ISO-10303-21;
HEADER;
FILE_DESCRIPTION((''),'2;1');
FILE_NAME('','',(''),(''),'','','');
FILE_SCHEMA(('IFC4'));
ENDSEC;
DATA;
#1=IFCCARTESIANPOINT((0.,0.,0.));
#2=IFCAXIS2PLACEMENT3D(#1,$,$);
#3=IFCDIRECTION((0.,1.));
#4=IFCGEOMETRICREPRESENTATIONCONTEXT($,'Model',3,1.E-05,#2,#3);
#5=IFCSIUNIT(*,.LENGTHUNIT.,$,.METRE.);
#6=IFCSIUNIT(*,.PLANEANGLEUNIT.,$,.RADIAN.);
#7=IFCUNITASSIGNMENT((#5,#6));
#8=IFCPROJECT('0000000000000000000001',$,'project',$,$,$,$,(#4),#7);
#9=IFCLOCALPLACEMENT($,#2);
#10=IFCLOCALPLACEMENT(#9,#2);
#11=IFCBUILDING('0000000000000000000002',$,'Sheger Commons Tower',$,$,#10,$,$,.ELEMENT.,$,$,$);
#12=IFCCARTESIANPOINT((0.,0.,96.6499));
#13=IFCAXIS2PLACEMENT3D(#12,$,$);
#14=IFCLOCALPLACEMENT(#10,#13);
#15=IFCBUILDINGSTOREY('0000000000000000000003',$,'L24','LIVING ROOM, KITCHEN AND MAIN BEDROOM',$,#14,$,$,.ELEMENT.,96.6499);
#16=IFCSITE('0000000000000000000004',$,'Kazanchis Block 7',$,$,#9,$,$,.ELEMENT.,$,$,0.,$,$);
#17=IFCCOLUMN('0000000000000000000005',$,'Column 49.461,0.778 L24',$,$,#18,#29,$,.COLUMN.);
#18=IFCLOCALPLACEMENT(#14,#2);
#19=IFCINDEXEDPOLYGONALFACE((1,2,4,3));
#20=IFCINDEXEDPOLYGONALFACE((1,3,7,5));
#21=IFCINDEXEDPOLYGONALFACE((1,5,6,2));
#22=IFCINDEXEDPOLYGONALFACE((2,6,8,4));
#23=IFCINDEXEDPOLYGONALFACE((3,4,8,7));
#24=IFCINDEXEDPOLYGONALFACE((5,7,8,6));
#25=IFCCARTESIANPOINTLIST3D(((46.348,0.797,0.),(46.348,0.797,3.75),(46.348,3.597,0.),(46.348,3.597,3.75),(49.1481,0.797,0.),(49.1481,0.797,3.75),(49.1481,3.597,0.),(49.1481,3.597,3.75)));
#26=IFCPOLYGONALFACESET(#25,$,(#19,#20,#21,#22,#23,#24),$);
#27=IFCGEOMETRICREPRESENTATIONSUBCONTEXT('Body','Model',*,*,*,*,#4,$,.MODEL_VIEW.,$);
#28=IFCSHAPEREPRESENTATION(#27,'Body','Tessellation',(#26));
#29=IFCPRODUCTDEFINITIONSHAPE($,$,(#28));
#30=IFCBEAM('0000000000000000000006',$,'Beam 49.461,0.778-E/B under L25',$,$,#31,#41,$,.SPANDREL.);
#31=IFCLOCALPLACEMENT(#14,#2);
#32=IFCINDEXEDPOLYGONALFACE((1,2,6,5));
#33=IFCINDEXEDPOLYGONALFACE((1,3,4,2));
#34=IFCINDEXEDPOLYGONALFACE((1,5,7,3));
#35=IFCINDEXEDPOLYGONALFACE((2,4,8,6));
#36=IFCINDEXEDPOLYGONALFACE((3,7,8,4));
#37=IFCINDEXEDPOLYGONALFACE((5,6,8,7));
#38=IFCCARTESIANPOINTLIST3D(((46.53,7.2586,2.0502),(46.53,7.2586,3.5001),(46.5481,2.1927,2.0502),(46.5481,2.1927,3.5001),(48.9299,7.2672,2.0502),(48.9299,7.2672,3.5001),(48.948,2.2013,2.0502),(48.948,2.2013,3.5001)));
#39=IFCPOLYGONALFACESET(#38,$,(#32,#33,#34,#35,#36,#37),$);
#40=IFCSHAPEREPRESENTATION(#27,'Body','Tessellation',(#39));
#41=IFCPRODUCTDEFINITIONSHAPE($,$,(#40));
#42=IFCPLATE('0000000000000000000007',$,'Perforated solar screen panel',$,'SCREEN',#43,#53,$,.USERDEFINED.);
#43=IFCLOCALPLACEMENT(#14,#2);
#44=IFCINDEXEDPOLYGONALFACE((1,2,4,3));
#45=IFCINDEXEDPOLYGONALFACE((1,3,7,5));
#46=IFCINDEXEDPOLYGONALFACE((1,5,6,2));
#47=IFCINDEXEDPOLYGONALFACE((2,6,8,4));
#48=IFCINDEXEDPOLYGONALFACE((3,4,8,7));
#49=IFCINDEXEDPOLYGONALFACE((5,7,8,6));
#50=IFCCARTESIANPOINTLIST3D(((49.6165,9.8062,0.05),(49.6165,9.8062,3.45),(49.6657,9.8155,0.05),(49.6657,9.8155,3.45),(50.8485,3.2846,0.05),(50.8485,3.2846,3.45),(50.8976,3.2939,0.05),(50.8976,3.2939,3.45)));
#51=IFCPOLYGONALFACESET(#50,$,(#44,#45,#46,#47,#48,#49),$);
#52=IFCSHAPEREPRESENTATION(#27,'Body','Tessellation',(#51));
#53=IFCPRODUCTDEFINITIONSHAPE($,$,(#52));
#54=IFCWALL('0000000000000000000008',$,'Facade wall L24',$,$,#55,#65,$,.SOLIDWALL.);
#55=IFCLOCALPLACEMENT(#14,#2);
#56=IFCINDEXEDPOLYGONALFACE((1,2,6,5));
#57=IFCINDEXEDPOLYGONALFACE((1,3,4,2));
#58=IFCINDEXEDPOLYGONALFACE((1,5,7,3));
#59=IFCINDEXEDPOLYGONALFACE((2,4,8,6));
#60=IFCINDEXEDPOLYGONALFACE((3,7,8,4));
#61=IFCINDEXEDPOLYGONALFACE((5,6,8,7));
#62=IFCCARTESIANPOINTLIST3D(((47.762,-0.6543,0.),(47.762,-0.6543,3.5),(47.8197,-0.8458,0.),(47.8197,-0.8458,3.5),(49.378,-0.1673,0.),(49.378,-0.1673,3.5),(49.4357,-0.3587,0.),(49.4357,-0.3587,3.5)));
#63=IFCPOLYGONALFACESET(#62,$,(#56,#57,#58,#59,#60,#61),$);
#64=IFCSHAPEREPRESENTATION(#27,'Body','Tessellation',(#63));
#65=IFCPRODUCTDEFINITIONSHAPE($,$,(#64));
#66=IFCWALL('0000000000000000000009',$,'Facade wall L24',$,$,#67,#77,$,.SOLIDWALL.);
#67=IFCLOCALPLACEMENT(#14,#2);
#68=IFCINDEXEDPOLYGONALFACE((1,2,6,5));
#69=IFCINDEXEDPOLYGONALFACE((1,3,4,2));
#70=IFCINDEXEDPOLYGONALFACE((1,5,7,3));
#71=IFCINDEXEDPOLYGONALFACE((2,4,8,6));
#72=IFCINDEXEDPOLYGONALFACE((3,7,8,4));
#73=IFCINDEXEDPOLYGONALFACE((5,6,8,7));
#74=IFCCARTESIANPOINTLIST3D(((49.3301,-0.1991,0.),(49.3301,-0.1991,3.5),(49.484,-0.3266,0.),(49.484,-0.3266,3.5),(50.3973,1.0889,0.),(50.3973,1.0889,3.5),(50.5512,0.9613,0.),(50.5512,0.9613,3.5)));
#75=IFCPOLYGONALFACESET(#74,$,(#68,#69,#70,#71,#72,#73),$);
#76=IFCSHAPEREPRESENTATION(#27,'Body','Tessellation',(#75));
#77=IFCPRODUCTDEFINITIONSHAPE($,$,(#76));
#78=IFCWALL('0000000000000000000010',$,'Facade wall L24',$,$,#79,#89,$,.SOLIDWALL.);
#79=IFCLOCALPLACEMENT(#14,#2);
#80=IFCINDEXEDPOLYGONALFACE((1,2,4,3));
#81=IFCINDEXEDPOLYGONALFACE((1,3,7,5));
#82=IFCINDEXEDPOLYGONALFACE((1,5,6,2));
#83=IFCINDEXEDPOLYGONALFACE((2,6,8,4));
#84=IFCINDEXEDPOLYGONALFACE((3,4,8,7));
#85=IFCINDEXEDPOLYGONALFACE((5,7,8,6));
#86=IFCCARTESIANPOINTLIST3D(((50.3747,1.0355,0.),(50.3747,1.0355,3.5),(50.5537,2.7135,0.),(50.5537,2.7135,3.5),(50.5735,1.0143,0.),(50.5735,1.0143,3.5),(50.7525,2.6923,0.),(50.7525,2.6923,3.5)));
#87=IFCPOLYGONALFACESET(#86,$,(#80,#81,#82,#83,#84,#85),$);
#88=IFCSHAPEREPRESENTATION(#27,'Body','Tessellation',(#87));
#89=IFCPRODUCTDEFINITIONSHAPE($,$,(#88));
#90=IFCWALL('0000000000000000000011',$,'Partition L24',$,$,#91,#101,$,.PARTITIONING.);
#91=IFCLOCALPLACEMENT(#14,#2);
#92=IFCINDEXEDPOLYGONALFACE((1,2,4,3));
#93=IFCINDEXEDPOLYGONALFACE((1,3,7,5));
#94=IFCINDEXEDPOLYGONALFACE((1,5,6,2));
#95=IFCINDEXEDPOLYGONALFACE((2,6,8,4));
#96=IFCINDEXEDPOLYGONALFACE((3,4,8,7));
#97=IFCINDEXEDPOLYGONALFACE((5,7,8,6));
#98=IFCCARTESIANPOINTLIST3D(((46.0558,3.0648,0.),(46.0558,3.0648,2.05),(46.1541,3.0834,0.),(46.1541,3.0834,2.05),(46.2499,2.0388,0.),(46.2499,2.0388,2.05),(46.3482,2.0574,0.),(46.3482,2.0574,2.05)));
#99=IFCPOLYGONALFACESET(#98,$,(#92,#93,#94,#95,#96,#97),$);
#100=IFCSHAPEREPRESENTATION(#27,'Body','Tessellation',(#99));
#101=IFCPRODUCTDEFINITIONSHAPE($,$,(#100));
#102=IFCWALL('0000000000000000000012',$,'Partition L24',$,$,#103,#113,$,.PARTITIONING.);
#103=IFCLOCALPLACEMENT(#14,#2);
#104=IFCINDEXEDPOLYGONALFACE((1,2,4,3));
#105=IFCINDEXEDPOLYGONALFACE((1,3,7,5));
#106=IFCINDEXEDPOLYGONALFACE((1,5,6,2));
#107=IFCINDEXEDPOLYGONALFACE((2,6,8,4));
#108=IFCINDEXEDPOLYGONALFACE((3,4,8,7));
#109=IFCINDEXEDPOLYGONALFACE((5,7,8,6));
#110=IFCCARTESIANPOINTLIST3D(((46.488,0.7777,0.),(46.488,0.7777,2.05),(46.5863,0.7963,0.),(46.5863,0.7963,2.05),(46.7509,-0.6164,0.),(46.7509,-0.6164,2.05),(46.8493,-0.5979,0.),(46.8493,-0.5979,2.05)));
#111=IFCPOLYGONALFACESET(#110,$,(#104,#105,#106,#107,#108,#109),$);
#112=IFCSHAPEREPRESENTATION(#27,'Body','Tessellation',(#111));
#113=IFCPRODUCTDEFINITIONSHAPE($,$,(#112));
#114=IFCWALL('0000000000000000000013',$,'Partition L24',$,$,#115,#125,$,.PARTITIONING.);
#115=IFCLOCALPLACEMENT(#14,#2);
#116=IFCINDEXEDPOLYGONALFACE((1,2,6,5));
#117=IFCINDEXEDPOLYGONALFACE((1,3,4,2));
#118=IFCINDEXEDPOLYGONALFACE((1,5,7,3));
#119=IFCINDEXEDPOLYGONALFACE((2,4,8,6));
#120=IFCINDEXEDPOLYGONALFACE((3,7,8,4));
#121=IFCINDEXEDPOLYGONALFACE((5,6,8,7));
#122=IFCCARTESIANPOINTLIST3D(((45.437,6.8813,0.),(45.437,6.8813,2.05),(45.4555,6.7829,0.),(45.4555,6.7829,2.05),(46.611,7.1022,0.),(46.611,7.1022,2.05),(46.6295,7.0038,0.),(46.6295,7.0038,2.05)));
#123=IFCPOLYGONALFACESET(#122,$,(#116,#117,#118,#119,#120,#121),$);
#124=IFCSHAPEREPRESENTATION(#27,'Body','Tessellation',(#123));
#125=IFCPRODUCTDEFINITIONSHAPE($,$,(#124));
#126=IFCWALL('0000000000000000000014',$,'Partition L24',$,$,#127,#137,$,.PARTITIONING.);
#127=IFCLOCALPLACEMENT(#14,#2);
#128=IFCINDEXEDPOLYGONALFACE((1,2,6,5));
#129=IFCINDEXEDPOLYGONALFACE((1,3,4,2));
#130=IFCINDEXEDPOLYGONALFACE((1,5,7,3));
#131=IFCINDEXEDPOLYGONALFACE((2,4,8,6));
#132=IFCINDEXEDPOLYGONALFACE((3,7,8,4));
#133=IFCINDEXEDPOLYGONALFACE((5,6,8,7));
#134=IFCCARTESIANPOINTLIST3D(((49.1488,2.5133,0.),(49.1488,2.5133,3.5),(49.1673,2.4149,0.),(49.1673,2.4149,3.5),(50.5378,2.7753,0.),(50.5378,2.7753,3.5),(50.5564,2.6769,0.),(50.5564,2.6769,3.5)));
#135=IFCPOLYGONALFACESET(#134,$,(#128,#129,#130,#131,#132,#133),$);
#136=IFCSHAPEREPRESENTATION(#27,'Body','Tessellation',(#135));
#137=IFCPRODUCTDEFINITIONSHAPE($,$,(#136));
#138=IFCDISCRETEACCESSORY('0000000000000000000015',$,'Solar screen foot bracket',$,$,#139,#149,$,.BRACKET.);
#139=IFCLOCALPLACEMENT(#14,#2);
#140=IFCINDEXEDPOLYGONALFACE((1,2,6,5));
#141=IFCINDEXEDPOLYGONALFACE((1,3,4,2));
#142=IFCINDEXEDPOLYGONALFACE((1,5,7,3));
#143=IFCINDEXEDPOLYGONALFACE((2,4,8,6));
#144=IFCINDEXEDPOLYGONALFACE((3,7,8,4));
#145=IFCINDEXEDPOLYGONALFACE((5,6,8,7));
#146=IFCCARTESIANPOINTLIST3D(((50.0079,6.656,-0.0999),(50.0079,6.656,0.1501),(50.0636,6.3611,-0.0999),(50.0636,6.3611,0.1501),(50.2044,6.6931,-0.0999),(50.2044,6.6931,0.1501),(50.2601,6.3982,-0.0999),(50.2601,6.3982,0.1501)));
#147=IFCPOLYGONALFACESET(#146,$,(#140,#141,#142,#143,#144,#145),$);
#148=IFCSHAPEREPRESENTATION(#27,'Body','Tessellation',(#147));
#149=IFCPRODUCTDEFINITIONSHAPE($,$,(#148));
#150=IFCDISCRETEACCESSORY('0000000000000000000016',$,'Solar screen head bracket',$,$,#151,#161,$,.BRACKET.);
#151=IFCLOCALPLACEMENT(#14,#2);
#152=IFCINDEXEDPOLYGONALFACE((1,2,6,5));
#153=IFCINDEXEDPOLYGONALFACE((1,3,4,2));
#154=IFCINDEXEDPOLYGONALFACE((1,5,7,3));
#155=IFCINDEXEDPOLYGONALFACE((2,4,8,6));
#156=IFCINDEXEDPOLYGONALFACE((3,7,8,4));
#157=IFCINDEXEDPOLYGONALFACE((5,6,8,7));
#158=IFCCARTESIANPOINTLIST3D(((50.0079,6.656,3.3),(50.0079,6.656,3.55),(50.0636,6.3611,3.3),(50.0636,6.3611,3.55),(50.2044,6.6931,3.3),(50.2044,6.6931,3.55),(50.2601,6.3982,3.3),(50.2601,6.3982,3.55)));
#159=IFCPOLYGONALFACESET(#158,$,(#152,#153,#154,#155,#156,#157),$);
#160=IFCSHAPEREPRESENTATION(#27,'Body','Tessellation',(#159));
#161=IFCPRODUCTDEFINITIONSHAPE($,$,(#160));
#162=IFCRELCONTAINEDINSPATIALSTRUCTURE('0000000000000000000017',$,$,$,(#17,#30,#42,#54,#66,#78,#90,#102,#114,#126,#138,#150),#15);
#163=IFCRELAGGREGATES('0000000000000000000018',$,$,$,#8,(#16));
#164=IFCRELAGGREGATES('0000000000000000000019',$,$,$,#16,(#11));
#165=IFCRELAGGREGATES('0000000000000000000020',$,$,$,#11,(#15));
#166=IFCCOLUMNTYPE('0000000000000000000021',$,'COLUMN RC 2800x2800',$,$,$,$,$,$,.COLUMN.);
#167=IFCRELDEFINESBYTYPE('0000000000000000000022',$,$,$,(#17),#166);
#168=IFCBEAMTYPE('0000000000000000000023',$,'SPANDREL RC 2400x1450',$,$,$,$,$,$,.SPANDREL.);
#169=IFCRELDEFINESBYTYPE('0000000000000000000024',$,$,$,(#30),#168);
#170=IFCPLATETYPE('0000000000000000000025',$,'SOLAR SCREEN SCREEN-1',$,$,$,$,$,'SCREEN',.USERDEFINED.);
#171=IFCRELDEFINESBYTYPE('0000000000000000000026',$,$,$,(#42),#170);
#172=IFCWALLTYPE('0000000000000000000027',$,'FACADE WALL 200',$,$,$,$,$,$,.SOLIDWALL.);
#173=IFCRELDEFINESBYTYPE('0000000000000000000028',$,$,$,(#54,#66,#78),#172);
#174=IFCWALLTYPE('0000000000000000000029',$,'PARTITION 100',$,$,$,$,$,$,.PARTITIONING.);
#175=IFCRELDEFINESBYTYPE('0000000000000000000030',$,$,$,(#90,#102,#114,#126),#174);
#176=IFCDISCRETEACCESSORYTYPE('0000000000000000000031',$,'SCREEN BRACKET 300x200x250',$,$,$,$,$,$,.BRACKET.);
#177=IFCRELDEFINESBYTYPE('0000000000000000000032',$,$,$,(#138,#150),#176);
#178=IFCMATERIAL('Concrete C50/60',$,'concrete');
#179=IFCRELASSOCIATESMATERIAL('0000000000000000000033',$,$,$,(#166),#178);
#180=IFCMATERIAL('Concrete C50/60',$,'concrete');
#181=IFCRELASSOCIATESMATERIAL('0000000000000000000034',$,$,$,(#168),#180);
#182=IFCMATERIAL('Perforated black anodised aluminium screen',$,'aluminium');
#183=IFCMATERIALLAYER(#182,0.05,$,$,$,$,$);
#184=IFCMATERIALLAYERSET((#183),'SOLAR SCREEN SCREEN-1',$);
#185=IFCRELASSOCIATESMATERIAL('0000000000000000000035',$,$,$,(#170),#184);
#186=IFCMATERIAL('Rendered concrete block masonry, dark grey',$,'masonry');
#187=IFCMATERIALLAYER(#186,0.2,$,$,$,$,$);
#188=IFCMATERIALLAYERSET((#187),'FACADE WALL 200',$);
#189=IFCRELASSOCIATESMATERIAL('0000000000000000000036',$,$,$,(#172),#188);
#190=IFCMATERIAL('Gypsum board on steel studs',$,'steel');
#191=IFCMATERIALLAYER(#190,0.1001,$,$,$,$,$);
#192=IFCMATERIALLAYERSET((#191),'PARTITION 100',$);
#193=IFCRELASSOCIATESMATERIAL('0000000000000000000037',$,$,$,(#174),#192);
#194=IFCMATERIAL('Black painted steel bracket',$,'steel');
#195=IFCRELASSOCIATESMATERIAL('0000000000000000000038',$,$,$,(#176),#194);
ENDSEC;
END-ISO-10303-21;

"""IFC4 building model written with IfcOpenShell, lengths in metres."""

from ifc_helpers import new_model, si_unit, direction, frame, frame_2d, origin, origin_2d, place, context, subcontext, project, spatial, rectangle, extrude, material, layer, layer_set, material_profile, profile_set, type_object, element, save


model = new_model("IFC4")

# Units and contexts
model_context = context("Model", 3, precision=1e-05, world=origin(), true_north=direction((0.0, 1.0)))
body_context = subcontext(model_context, "Body", "Model", "MODEL_VIEW")
ifc_project = project(units=[si_unit("LENGTHUNIT", "METRE"), si_unit("PLANEANGLEUNIT", "RADIAN")], contexts=[model_context])

# Site, building, storey
site_placement = place(None, origin())
site = spatial("IfcSite", under=ifc_project, at=site_placement, Name="Kazanchis Block 7", CompositionType="ELEMENT", RefElevation=0.0)
building_placement = place(site_placement, origin())
building = spatial("IfcBuilding", under=site, at=building_placement, Name="Sheger Commons Tower", CompositionType="ELEMENT")
storey_placement = place(building_placement, frame((0.0, 0.0, 96.6499)))
storey = spatial("IfcBuildingStorey", under=building, at=storey_placement, Name="L24", Description="LIVING ROOM, KITCHEN AND MAIN BEDROOM", CompositionType="ELEMENT", Elevation=96.6499)

# Column
ifc_material_1 = material(Name="Concrete C50/60", Category="concrete")
ifc_material_profile_1 = material_profile(ifc_material_1, rectangle(XDim=2.8, YDim=2.8, at=origin_2d()), Name="RC 2800x2800")
ifc_profile_set_1 = profile_set([ifc_material_profile_1], Name="Concrete C50/60")
column_type = type_object("IfcColumnType", Name="COLUMN RC 2800x2800", PredefinedType="COLUMN", material=ifc_profile_set_1)
column_placement = place(storey_placement, frame((47.748, 2.197, 0.0), z_axis=(0.0, 0.0, 1.0), x_axis=(1.0, 0.0, 0.0)))
element("IfcColumn", 1, at=column_placement, inside=storey, type_object=column_type, Name="Column 49.461,0.778 L24", PredefinedType="COLUMN", context=body_context, shape_type="SweptSolid", body=[
    extrude(rectangle(XDim=2.8, YDim=2.8, at=origin_2d()), origin(), (0.0, 0.0, 1.0), 3.75),
])

# Beam
ifc_material_2 = material(Name="Concrete C50/60", Category="concrete")
ifc_material_profile_2 = material_profile(ifc_material_2, rectangle(XDim=2.3999, YDim=1.45, at=origin_2d()), Name="RC 2400x1450")
ifc_profile_set_2 = profile_set([ifc_material_profile_2], Name="Concrete C50/60")
beam_type = type_object("IfcBeamType", Name="SPANDREL RC 2400x1450", PredefinedType="SPANDREL", material=ifc_profile_set_2)
beam_placement = place(storey_placement, frame((47.748, 2.197, 2.7751), z_axis=(-0.003566, 0.999994, 0.0), x_axis=(-0.999994, -0.003566, 0.0)))
element("IfcBeam", 2, at=beam_placement, inside=storey, type_object=beam_type, Name="Beam 49.461,0.778-E/B under L25", PredefinedType="SPANDREL", context=body_context, shape_type="SweptSolid", body=[
    extrude(rectangle(XDim=2.3999, YDim=1.45, at=origin_2d()), origin(), (0.0, 0.0, 1.0), 5.0659),
])

# Plate
ifc_material_3 = material(Name="Perforated black anodised aluminium screen", Category="aluminium")
ifc_layer_1 = layer(ifc_material_3, 0.05)
ifc_layer_set_1 = layer_set([ifc_layer_1], Name="SOLAR SCREEN SCREEN-1")
plate_type = type_object("IfcPlateType", Name="SOLAR SCREEN SCREEN-1", ElementType="SCREEN", PredefinedType="USERDEFINED", material=ifc_layer_set_1)
plate_placement = place(storey_placement, frame((50.2571, 6.55, 0.05), z_axis=(0.0, 0.0, 1.0), x_axis=(-0.185615, 0.982623, 0.0)))
element("IfcPlate", 3, at=plate_placement, inside=storey, type_object=plate_type, Name="Perforated solar screen panel", ObjectType="SCREEN", PredefinedType="USERDEFINED", context=body_context, shape_type="SweptSolid", body=[
    extrude(rectangle(XDim=6.637, YDim=0.05, at=origin_2d()), origin(), (0.0, 0.0, 1.0), 3.3999),
])

# Walls
ifc_material_4 = material(Name="Rendered concrete block masonry, dark grey", Category="masonry")
ifc_layer_2 = layer(ifc_material_4, 0.2)
ifc_layer_set_2 = layer_set([ifc_layer_2], Name="FACADE WALL 200")
wall_type_1 = type_object("IfcWallType", Name="FACADE WALL 200", PredefinedType="SOLIDWALL", material=ifc_layer_set_2)
wall_1_placement = place(storey_placement, frame((47.791, -0.75, 0.0), z_axis=(0.0, 0.0, 1.0), x_axis=(0.957455, 0.288582, 0.0)))
element("IfcWall", 4, at=wall_1_placement, inside=storey, type_object=wall_type_1, Name="Facade wall L24", PredefinedType="SOLIDWALL", context=body_context, shape_type="SweptSolid", body=[
    extrude(rectangle(XDim=1.6877, YDim=0.2, at=frame_2d((0.8438, 0.0))), origin(), (0.0, 0.0, 1.0), 3.5),
])
wall_2_placement = place(storey_placement, frame((49.407, -0.2629, 0.0), z_axis=(0.0, 0.0, 1.0), x_axis=(0.638043, 0.770001, 0.0)))
element("IfcWall", 5, at=wall_2_placement, inside=storey, type_object=wall_type_1, Name="Facade wall L24", PredefinedType="SOLIDWALL", context=body_context, shape_type="SweptSolid", body=[
    extrude(rectangle(XDim=1.6726, YDim=0.2, at=frame_2d((0.8364, 0.0))), origin(), (0.0, 0.0, 1.0), 3.5),
])
wall_3_placement = place(storey_placement, frame((50.4741, 1.0249, 0.0), z_axis=(0.0, 0.0, 1.0), x_axis=(0.106048, 0.994361, 0.0)))
element("IfcWall", 6, at=wall_3_placement, inside=storey, type_object=wall_type_1, Name="Facade wall L24", PredefinedType="SOLIDWALL", context=body_context, shape_type="SweptSolid", body=[
    extrude(rectangle(XDim=1.6875, YDim=0.2, at=frame_2d((0.8438, 0.0))), origin(), (0.0, 0.0, 1.0), 3.5),
])

# Walls
ifc_material_5 = material(Name="Gypsum board on steel studs", Category="steel")
ifc_layer_3 = layer(ifc_material_5, 0.1001)
ifc_layer_set_3 = layer_set([ifc_layer_3], Name="PARTITION 100")
wall_type_2 = type_object("IfcWallType", Name="PARTITION 100", PredefinedType="PARTITIONING", material=ifc_layer_set_3)
wall_4_placement = place(storey_placement, frame((46.105, 3.074, 0.0), z_axis=(0.0, 0.0, 1.0), x_axis=(0.185898, -0.982569, 0.0)))
element("IfcWall", 7, at=wall_4_placement, inside=storey, type_object=wall_type_2, Name="Partition L24", PredefinedType="PARTITIONING", context=body_context, shape_type="SweptSolid", body=[
    extrude(rectangle(XDim=1.0442, YDim=0.1001, at=frame_2d((0.522, 0.0))), origin(), (0.0, 0.0, 1.0), 2.05),
])
wall_5_placement = place(storey_placement, frame((46.5371, 0.7871, 0.0), z_axis=(0.0, 0.0, 1.0), x_axis=(0.185348, -0.982673, 0.0)))
element("IfcWall", 8, at=wall_5_placement, inside=storey, type_object=wall_type_2, Name="Partition L24", PredefinedType="PARTITIONING", context=body_context, shape_type="SweptSolid", body=[
    extrude(rectangle(XDim=1.4187, YDim=0.1001, at=frame_2d((0.7095, 0.0))), origin(), (0.0, 0.0, 1.0), 2.05),
])
wall_6_placement = place(storey_placement, frame((46.6201, 7.053, 0.0), z_axis=(0.0, 0.0, 1.0), x_axis=(-0.982749, -0.184942, 0.0)))
element("IfcWall", 9, at=wall_6_placement, inside=storey, type_object=wall_type_2, Name="Partition L24", PredefinedType="PARTITIONING", context=body_context, shape_type="SweptSolid", body=[
    extrude(rectangle(XDim=1.1946, YDim=0.1001, at=frame_2d((0.5972, 0.0))), origin(), (0.0, 0.0, 1.0), 2.05),
])
wall_7_placement = place(storey_placement, frame((50.5471, 2.7261, 0.0), z_axis=(0.0, 0.0, 1.0), x_axis=(-0.98268, -0.18531, 0.0)))
element("IfcWall", 10, at=wall_7_placement, inside=storey, type_object=wall_type_2, Name="Partition L24", PredefinedType="PARTITIONING", context=body_context, shape_type="SweptSolid", body=[
    extrude(rectangle(XDim=1.4136, YDim=0.1001, at=frame_2d((0.7068, 0.0))), origin(), (0.0, 0.0, 1.0), 3.5),
])

# Discrete accessories
ifc_material_6 = material(Name="Black painted steel bracket", Category="steel")
discrete_accessory_type = type_object("IfcDiscreteAccessoryType", Name="SCREEN BRACKET 300x200x250", PredefinedType="BRACKET", material=ifc_material_6)
for number, where, z_axis, x_axis, name in (
    (11, (50.134, 6.5271, -0.0999), (0.0, 0.0, 1.0), (-0.185615, 0.982623, 0.0), "Solar screen foot bracket"),
    (12, (50.134, 6.5271, 3.3), (0.0, 0.0, 1.0), (-0.185615, 0.982623, 0.0), "Solar screen head bracket"),
):
    element("IfcDiscreteAccessory", number, at=place(storey_placement, frame(where, z_axis=z_axis, x_axis=x_axis)), inside=storey, type_object=discrete_accessory_type, Name=name, PredefinedType="BRACKET", context=body_context, shape_type="SweptSolid", body=[
        extrude(rectangle(XDim=0.3, YDim=0.2, at=origin_2d()), origin(), (0.0, 0.0, 1.0), 0.25),
    ])

save(model, "model.ifc")
